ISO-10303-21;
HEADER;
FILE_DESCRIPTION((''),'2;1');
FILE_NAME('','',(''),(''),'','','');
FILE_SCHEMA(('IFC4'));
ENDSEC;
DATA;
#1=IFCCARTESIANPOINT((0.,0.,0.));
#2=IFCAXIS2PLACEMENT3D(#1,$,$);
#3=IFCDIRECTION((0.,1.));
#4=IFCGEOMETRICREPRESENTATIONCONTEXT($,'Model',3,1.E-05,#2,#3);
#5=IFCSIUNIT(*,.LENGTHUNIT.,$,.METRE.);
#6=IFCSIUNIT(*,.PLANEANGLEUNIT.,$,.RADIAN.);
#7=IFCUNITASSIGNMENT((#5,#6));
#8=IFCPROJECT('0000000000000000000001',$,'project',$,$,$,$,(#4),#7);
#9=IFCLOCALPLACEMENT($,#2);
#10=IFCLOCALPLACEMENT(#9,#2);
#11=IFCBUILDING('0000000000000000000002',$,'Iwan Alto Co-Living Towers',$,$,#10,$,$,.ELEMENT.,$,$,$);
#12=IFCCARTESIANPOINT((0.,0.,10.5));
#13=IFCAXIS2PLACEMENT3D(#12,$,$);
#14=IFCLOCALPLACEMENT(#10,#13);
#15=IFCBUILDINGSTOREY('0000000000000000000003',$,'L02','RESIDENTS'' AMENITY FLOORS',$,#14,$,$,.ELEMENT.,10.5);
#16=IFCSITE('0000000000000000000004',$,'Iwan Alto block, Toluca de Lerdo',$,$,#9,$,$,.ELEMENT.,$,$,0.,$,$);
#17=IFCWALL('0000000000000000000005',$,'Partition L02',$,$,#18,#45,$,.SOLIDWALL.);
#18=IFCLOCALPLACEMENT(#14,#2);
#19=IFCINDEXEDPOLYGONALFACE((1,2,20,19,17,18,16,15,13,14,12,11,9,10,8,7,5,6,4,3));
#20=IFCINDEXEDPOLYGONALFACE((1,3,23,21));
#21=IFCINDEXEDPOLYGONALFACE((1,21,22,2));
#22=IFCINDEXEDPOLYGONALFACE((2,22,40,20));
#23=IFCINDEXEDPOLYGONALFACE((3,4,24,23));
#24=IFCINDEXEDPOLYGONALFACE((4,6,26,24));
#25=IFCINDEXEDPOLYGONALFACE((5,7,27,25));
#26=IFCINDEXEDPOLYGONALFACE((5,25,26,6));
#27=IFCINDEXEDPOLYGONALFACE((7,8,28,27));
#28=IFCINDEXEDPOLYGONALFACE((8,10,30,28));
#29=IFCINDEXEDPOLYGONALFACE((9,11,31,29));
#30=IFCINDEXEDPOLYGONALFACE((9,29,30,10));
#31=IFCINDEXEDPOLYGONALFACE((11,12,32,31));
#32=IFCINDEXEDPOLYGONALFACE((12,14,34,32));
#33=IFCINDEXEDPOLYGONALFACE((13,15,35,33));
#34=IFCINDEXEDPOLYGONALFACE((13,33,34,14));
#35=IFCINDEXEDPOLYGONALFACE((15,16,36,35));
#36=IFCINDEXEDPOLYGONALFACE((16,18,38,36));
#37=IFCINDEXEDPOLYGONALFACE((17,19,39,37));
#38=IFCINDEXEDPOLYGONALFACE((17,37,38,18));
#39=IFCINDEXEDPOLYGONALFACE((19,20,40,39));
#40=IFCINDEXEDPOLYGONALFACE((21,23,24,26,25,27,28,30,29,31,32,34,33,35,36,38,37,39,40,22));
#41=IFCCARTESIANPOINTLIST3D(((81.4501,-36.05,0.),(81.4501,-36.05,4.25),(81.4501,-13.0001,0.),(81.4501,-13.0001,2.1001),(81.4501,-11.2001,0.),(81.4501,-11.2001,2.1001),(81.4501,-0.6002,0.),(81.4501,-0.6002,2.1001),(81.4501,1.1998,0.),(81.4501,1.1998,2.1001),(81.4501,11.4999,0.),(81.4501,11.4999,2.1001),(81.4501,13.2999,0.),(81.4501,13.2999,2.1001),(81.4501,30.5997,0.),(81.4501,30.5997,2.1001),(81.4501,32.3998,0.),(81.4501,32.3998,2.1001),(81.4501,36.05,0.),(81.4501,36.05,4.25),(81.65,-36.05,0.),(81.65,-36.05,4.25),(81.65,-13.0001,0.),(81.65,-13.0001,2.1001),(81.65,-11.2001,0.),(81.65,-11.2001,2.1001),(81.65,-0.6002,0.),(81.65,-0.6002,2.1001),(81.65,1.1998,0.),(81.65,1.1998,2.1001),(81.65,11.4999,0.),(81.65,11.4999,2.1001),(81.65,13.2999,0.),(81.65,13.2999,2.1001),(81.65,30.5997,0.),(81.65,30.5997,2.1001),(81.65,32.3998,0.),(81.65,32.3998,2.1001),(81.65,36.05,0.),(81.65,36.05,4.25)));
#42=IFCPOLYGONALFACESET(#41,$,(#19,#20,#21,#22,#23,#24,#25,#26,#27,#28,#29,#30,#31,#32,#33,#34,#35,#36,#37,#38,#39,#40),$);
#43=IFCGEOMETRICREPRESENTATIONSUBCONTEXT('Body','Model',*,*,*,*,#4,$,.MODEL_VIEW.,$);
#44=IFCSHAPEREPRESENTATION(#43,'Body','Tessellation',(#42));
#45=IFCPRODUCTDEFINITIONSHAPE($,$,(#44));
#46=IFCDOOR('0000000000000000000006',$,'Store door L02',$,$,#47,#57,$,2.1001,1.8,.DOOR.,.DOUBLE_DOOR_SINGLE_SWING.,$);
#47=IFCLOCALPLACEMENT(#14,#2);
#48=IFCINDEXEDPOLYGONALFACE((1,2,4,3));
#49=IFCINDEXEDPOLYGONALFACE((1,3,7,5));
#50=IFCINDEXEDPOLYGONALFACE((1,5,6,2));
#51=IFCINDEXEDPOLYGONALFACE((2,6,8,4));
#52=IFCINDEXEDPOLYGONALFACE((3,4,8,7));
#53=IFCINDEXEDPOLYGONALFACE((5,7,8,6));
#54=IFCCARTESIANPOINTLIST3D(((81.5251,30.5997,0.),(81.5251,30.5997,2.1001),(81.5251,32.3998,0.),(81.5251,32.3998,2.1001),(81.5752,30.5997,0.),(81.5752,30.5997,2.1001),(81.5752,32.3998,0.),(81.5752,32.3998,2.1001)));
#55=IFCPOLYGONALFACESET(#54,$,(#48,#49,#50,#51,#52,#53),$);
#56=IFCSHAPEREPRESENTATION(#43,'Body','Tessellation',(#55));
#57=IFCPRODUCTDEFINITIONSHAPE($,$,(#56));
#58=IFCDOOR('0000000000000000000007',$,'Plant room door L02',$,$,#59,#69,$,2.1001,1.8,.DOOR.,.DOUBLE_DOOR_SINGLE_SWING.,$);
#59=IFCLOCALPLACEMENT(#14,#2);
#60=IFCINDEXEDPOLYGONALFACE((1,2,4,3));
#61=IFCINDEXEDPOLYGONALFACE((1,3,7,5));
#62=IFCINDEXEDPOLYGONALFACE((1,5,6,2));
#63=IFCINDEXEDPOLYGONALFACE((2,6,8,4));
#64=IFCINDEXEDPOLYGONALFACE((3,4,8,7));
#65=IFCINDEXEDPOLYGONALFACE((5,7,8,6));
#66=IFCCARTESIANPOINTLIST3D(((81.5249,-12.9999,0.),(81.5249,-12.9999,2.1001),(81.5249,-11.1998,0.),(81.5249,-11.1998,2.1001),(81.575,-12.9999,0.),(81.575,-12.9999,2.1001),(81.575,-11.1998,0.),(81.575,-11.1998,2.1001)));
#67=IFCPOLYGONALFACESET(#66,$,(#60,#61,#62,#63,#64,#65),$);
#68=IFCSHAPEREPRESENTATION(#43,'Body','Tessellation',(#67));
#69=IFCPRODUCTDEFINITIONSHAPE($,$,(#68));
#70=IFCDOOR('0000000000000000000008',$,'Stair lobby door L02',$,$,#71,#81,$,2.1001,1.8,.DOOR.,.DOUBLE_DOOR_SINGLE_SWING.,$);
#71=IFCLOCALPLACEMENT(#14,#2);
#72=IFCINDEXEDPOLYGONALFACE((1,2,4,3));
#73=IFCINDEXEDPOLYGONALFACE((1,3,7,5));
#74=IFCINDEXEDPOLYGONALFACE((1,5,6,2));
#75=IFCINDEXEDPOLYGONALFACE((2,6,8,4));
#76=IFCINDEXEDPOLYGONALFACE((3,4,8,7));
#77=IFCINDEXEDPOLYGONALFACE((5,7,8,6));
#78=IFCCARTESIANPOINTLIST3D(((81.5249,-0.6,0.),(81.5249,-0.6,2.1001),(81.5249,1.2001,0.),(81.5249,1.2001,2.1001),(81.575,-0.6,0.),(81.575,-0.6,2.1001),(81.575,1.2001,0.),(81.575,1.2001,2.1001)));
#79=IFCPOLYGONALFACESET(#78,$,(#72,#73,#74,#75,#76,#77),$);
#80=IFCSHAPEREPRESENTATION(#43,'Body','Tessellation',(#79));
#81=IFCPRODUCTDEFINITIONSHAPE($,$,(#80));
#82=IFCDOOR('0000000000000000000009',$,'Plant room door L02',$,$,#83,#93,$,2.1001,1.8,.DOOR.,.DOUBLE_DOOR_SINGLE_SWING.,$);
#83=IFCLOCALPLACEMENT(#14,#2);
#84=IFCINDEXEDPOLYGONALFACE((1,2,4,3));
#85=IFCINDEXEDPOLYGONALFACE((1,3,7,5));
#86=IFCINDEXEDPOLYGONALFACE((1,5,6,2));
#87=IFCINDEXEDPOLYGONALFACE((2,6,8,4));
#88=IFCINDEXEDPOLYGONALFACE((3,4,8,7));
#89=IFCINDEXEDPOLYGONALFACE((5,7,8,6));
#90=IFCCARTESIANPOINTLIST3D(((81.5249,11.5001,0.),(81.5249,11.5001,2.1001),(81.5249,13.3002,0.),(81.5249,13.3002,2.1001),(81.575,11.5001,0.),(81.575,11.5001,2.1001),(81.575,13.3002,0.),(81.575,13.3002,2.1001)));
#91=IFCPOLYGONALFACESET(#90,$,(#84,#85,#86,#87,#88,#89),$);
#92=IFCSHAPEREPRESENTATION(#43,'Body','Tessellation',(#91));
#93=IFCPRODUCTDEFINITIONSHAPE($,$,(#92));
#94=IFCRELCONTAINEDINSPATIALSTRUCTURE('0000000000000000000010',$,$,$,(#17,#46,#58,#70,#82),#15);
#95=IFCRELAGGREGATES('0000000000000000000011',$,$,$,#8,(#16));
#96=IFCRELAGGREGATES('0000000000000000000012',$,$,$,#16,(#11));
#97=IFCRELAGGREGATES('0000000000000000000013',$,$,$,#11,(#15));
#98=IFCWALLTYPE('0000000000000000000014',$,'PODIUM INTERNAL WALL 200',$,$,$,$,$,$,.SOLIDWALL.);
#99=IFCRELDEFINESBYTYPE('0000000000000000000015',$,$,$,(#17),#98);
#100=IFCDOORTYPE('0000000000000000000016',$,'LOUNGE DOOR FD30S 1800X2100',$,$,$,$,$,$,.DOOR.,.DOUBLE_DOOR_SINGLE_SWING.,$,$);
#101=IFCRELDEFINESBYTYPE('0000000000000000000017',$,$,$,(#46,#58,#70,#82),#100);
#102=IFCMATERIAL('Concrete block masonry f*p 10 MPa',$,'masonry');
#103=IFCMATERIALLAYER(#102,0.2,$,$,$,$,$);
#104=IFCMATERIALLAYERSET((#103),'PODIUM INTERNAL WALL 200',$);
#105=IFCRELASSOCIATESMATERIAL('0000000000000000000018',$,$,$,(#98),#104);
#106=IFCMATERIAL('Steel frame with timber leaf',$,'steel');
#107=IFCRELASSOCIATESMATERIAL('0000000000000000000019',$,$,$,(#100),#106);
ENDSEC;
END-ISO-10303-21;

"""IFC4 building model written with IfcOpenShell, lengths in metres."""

from ifc_helpers import new_model, si_unit, direction, frame, frame_2d, origin, place, context, subcontext, project, spatial, rectangle, extrude, material, layer, layer_set, type_object, element, fill, save


model = new_model("IFC4")

# Units and contexts
model_context = context("Model", 3, precision=1e-05, world=origin(), true_north=direction((0.0, 1.0)))
body_context = subcontext(model_context, "Body", "Model", "MODEL_VIEW")
ifc_project = project(units=[si_unit("LENGTHUNIT", "METRE"), si_unit("PLANEANGLEUNIT", "RADIAN")], contexts=[model_context])

# Site, building, storey
site_placement = place(None, origin())
site = spatial("IfcSite", under=ifc_project, at=site_placement, Name="Iwan Alto block, Toluca de Lerdo", CompositionType="ELEMENT", RefElevation=0.0)
building_placement = place(site_placement, origin())
building = spatial("IfcBuilding", under=site, at=building_placement, Name="Iwan Alto Co-Living Towers", CompositionType="ELEMENT")
storey_placement = place(building_placement, frame((0.0, 0.0, 10.5)))
storey = spatial("IfcBuildingStorey", under=building, at=storey_placement, Name="L02", Description="RESIDENTS' AMENITY FLOORS", CompositionType="ELEMENT", Elevation=10.5)

# Wall, openings, doors
ifc_material_1 = material(Name="Concrete block masonry f*p 10 MPa", Category="masonry")
ifc_layer_1 = layer(ifc_material_1, 0.2)
ifc_layer_set_1 = layer_set([ifc_layer_1], Name="PODIUM INTERNAL WALL 200")
wall_type = type_object("IfcWallType", Name="PODIUM INTERNAL WALL 200", PredefinedType="SOLIDWALL", material=ifc_layer_set_1)
wall_placement = place(storey_placement, frame((81.55, -36.05, 0.0), z_axis=(0.0, 0.0, 1.0), x_axis=(0.0, 1.0, 0.0)))
wall = element("IfcWall", 1, at=wall_placement, inside=storey, type_object=wall_type, Name="Partition L02", PredefinedType="SOLIDWALL", context=body_context, shape_type="SweptSolid", body=[
    extrude(rectangle(XDim=72.1001, YDim=0.2, at=frame_2d((36.05, 0.0))), origin(), (0.0, 0.0, 1.0), 4.25),
])
opening_1_placement = place(wall_placement, frame((66.6499, 0.0, 0.0)))
opening_1 = element("IfcOpeningElement", 2, at=opening_1_placement, cuts=wall, PredefinedType="OPENING", context=body_context, shape_type="SweptSolid", body=[
    extrude(rectangle(XDim=1.8, YDim=2.1001, at=frame_2d((0.8999, 1.05))), frame((0.0, 0.1099, 0.0), z_axis=(0.0, -1.0, 0.0), x_axis=(1.0, 0.0, 0.0)), (0.0, 0.0, 1.0), 0.22),
])
opening_2_placement = place(wall_placement, frame((23.05, 0.0, 0.0)))
opening_2 = element("IfcOpeningElement", 3, at=opening_2_placement, cuts=wall, PredefinedType="OPENING", context=body_context, shape_type="SweptSolid", body=[
    extrude(rectangle(XDim=1.8, YDim=2.1001, at=frame_2d((0.8999, 1.05))), frame((0.0, 0.1099, 0.0), z_axis=(0.0, -1.0, 0.0), x_axis=(1.0, 0.0, 0.0)), (0.0, 0.0, 1.0), 0.22),
])
opening_3_placement = place(wall_placement, frame((35.45, 0.0, 0.0)))
opening_3 = element("IfcOpeningElement", 4, at=opening_3_placement, cuts=wall, PredefinedType="OPENING", context=body_context, shape_type="SweptSolid", body=[
    extrude(rectangle(XDim=1.8, YDim=2.1001, at=frame_2d((0.8999, 1.05))), frame((0.0, 0.1099, 0.0), z_axis=(0.0, -1.0, 0.0), x_axis=(1.0, 0.0, 0.0)), (0.0, 0.0, 1.0), 0.22),
])
opening_4_placement = place(wall_placement, frame((47.55, 0.0, 0.0)))
opening_4 = element("IfcOpeningElement", 5, at=opening_4_placement, cuts=wall, PredefinedType="OPENING", context=body_context, shape_type="SweptSolid", body=[
    extrude(rectangle(XDim=1.8, YDim=2.1001, at=frame_2d((0.8999, 1.05))), frame((0.0, 0.1099, 0.0), z_axis=(0.0, -1.0, 0.0), x_axis=(1.0, 0.0, 0.0)), (0.0, 0.0, 1.0), 0.22),
])
ifc_material_2 = material(Name="Steel frame with timber leaf", Category="steel")
door_type = type_object("IfcDoorType", Name="LOUNGE DOOR FD30S 1800X2100", OperationType="DOUBLE_DOOR_SINGLE_SWING", PredefinedType="DOOR", material=ifc_material_2)
door_1_placement = place(opening_1_placement, origin())
door_1 = element("IfcDoor", 6, at=door_1_placement, inside=storey, type_object=door_type, Name="Store door L02", OperationType="DOUBLE_DOOR_SINGLE_SWING", OverallHeight=2.1001, OverallWidth=1.8, PredefinedType="DOOR", context=body_context, shape_type="SweptSolid", body=[
    extrude(rectangle(XDim=1.8, YDim=2.1001, at=frame_2d((0.8999, 1.05))), frame((0.0, 0.0249, 0.0), z_axis=(0.0, -1.0, 0.0), x_axis=(1.0, 0.0, 0.0)), (0.0, 0.0, 1.0), 0.05),
])
fill(opening_1, door_1)
door_2_placement = place(opening_2_placement, frame((1.8, 0.0, 0.0), z_axis=(0.0, 0.0, 1.0), x_axis=(-1.0, 0.0, 0.0)))
door_2 = element("IfcDoor", 7, at=door_2_placement, inside=storey, type_object=door_type, Name="Plant room door L02", OperationType="DOUBLE_DOOR_SINGLE_SWING", OverallHeight=2.1001, OverallWidth=1.8, PredefinedType="DOOR", context=body_context, shape_type="SweptSolid", body=[
    extrude(rectangle(XDim=1.8, YDim=2.1001, at=frame_2d((0.8999, 1.05))), frame((0.0, 0.0249, 0.0), z_axis=(0.0, -1.0, 0.0), x_axis=(1.0, 0.0, 0.0)), (0.0, 0.0, 1.0), 0.05),
])
fill(opening_2, door_2)
door_3_placement = place(opening_3_placement, frame((1.8, 0.0, 0.0), z_axis=(0.0, 0.0, 1.0), x_axis=(-1.0, 0.0, 0.0)))
door_3 = element("IfcDoor", 8, at=door_3_placement, inside=storey, type_object=door_type, Name="Stair lobby door L02", OperationType="DOUBLE_DOOR_SINGLE_SWING", OverallHeight=2.1001, OverallWidth=1.8, PredefinedType="DOOR", context=body_context, shape_type="SweptSolid", body=[
    extrude(rectangle(XDim=1.8, YDim=2.1001, at=frame_2d((0.8999, 1.05))), frame((0.0, 0.0249, 0.0), z_axis=(0.0, -1.0, 0.0), x_axis=(1.0, 0.0, 0.0)), (0.0, 0.0, 1.0), 0.05),
])
fill(opening_3, door_3)
door_4_placement = place(opening_4_placement, frame((1.8, 0.0, 0.0), z_axis=(0.0, 0.0, 1.0), x_axis=(-1.0, 0.0, 0.0)))
door_4 = element("IfcDoor", 9, at=door_4_placement, inside=storey, type_object=door_type, Name="Plant room door L02", OperationType="DOUBLE_DOOR_SINGLE_SWING", OverallHeight=2.1001, OverallWidth=1.8, PredefinedType="DOOR", context=body_context, shape_type="SweptSolid", body=[
    extrude(rectangle(XDim=1.8, YDim=2.1001, at=frame_2d((0.8999, 1.05))), frame((0.0, 0.0249, 0.0), z_axis=(0.0, -1.0, 0.0), x_axis=(1.0, 0.0, 0.0)), (0.0, 0.0, 1.0), 0.05),
])
fill(opening_4, door_4)

save(model, "model.ifc")
